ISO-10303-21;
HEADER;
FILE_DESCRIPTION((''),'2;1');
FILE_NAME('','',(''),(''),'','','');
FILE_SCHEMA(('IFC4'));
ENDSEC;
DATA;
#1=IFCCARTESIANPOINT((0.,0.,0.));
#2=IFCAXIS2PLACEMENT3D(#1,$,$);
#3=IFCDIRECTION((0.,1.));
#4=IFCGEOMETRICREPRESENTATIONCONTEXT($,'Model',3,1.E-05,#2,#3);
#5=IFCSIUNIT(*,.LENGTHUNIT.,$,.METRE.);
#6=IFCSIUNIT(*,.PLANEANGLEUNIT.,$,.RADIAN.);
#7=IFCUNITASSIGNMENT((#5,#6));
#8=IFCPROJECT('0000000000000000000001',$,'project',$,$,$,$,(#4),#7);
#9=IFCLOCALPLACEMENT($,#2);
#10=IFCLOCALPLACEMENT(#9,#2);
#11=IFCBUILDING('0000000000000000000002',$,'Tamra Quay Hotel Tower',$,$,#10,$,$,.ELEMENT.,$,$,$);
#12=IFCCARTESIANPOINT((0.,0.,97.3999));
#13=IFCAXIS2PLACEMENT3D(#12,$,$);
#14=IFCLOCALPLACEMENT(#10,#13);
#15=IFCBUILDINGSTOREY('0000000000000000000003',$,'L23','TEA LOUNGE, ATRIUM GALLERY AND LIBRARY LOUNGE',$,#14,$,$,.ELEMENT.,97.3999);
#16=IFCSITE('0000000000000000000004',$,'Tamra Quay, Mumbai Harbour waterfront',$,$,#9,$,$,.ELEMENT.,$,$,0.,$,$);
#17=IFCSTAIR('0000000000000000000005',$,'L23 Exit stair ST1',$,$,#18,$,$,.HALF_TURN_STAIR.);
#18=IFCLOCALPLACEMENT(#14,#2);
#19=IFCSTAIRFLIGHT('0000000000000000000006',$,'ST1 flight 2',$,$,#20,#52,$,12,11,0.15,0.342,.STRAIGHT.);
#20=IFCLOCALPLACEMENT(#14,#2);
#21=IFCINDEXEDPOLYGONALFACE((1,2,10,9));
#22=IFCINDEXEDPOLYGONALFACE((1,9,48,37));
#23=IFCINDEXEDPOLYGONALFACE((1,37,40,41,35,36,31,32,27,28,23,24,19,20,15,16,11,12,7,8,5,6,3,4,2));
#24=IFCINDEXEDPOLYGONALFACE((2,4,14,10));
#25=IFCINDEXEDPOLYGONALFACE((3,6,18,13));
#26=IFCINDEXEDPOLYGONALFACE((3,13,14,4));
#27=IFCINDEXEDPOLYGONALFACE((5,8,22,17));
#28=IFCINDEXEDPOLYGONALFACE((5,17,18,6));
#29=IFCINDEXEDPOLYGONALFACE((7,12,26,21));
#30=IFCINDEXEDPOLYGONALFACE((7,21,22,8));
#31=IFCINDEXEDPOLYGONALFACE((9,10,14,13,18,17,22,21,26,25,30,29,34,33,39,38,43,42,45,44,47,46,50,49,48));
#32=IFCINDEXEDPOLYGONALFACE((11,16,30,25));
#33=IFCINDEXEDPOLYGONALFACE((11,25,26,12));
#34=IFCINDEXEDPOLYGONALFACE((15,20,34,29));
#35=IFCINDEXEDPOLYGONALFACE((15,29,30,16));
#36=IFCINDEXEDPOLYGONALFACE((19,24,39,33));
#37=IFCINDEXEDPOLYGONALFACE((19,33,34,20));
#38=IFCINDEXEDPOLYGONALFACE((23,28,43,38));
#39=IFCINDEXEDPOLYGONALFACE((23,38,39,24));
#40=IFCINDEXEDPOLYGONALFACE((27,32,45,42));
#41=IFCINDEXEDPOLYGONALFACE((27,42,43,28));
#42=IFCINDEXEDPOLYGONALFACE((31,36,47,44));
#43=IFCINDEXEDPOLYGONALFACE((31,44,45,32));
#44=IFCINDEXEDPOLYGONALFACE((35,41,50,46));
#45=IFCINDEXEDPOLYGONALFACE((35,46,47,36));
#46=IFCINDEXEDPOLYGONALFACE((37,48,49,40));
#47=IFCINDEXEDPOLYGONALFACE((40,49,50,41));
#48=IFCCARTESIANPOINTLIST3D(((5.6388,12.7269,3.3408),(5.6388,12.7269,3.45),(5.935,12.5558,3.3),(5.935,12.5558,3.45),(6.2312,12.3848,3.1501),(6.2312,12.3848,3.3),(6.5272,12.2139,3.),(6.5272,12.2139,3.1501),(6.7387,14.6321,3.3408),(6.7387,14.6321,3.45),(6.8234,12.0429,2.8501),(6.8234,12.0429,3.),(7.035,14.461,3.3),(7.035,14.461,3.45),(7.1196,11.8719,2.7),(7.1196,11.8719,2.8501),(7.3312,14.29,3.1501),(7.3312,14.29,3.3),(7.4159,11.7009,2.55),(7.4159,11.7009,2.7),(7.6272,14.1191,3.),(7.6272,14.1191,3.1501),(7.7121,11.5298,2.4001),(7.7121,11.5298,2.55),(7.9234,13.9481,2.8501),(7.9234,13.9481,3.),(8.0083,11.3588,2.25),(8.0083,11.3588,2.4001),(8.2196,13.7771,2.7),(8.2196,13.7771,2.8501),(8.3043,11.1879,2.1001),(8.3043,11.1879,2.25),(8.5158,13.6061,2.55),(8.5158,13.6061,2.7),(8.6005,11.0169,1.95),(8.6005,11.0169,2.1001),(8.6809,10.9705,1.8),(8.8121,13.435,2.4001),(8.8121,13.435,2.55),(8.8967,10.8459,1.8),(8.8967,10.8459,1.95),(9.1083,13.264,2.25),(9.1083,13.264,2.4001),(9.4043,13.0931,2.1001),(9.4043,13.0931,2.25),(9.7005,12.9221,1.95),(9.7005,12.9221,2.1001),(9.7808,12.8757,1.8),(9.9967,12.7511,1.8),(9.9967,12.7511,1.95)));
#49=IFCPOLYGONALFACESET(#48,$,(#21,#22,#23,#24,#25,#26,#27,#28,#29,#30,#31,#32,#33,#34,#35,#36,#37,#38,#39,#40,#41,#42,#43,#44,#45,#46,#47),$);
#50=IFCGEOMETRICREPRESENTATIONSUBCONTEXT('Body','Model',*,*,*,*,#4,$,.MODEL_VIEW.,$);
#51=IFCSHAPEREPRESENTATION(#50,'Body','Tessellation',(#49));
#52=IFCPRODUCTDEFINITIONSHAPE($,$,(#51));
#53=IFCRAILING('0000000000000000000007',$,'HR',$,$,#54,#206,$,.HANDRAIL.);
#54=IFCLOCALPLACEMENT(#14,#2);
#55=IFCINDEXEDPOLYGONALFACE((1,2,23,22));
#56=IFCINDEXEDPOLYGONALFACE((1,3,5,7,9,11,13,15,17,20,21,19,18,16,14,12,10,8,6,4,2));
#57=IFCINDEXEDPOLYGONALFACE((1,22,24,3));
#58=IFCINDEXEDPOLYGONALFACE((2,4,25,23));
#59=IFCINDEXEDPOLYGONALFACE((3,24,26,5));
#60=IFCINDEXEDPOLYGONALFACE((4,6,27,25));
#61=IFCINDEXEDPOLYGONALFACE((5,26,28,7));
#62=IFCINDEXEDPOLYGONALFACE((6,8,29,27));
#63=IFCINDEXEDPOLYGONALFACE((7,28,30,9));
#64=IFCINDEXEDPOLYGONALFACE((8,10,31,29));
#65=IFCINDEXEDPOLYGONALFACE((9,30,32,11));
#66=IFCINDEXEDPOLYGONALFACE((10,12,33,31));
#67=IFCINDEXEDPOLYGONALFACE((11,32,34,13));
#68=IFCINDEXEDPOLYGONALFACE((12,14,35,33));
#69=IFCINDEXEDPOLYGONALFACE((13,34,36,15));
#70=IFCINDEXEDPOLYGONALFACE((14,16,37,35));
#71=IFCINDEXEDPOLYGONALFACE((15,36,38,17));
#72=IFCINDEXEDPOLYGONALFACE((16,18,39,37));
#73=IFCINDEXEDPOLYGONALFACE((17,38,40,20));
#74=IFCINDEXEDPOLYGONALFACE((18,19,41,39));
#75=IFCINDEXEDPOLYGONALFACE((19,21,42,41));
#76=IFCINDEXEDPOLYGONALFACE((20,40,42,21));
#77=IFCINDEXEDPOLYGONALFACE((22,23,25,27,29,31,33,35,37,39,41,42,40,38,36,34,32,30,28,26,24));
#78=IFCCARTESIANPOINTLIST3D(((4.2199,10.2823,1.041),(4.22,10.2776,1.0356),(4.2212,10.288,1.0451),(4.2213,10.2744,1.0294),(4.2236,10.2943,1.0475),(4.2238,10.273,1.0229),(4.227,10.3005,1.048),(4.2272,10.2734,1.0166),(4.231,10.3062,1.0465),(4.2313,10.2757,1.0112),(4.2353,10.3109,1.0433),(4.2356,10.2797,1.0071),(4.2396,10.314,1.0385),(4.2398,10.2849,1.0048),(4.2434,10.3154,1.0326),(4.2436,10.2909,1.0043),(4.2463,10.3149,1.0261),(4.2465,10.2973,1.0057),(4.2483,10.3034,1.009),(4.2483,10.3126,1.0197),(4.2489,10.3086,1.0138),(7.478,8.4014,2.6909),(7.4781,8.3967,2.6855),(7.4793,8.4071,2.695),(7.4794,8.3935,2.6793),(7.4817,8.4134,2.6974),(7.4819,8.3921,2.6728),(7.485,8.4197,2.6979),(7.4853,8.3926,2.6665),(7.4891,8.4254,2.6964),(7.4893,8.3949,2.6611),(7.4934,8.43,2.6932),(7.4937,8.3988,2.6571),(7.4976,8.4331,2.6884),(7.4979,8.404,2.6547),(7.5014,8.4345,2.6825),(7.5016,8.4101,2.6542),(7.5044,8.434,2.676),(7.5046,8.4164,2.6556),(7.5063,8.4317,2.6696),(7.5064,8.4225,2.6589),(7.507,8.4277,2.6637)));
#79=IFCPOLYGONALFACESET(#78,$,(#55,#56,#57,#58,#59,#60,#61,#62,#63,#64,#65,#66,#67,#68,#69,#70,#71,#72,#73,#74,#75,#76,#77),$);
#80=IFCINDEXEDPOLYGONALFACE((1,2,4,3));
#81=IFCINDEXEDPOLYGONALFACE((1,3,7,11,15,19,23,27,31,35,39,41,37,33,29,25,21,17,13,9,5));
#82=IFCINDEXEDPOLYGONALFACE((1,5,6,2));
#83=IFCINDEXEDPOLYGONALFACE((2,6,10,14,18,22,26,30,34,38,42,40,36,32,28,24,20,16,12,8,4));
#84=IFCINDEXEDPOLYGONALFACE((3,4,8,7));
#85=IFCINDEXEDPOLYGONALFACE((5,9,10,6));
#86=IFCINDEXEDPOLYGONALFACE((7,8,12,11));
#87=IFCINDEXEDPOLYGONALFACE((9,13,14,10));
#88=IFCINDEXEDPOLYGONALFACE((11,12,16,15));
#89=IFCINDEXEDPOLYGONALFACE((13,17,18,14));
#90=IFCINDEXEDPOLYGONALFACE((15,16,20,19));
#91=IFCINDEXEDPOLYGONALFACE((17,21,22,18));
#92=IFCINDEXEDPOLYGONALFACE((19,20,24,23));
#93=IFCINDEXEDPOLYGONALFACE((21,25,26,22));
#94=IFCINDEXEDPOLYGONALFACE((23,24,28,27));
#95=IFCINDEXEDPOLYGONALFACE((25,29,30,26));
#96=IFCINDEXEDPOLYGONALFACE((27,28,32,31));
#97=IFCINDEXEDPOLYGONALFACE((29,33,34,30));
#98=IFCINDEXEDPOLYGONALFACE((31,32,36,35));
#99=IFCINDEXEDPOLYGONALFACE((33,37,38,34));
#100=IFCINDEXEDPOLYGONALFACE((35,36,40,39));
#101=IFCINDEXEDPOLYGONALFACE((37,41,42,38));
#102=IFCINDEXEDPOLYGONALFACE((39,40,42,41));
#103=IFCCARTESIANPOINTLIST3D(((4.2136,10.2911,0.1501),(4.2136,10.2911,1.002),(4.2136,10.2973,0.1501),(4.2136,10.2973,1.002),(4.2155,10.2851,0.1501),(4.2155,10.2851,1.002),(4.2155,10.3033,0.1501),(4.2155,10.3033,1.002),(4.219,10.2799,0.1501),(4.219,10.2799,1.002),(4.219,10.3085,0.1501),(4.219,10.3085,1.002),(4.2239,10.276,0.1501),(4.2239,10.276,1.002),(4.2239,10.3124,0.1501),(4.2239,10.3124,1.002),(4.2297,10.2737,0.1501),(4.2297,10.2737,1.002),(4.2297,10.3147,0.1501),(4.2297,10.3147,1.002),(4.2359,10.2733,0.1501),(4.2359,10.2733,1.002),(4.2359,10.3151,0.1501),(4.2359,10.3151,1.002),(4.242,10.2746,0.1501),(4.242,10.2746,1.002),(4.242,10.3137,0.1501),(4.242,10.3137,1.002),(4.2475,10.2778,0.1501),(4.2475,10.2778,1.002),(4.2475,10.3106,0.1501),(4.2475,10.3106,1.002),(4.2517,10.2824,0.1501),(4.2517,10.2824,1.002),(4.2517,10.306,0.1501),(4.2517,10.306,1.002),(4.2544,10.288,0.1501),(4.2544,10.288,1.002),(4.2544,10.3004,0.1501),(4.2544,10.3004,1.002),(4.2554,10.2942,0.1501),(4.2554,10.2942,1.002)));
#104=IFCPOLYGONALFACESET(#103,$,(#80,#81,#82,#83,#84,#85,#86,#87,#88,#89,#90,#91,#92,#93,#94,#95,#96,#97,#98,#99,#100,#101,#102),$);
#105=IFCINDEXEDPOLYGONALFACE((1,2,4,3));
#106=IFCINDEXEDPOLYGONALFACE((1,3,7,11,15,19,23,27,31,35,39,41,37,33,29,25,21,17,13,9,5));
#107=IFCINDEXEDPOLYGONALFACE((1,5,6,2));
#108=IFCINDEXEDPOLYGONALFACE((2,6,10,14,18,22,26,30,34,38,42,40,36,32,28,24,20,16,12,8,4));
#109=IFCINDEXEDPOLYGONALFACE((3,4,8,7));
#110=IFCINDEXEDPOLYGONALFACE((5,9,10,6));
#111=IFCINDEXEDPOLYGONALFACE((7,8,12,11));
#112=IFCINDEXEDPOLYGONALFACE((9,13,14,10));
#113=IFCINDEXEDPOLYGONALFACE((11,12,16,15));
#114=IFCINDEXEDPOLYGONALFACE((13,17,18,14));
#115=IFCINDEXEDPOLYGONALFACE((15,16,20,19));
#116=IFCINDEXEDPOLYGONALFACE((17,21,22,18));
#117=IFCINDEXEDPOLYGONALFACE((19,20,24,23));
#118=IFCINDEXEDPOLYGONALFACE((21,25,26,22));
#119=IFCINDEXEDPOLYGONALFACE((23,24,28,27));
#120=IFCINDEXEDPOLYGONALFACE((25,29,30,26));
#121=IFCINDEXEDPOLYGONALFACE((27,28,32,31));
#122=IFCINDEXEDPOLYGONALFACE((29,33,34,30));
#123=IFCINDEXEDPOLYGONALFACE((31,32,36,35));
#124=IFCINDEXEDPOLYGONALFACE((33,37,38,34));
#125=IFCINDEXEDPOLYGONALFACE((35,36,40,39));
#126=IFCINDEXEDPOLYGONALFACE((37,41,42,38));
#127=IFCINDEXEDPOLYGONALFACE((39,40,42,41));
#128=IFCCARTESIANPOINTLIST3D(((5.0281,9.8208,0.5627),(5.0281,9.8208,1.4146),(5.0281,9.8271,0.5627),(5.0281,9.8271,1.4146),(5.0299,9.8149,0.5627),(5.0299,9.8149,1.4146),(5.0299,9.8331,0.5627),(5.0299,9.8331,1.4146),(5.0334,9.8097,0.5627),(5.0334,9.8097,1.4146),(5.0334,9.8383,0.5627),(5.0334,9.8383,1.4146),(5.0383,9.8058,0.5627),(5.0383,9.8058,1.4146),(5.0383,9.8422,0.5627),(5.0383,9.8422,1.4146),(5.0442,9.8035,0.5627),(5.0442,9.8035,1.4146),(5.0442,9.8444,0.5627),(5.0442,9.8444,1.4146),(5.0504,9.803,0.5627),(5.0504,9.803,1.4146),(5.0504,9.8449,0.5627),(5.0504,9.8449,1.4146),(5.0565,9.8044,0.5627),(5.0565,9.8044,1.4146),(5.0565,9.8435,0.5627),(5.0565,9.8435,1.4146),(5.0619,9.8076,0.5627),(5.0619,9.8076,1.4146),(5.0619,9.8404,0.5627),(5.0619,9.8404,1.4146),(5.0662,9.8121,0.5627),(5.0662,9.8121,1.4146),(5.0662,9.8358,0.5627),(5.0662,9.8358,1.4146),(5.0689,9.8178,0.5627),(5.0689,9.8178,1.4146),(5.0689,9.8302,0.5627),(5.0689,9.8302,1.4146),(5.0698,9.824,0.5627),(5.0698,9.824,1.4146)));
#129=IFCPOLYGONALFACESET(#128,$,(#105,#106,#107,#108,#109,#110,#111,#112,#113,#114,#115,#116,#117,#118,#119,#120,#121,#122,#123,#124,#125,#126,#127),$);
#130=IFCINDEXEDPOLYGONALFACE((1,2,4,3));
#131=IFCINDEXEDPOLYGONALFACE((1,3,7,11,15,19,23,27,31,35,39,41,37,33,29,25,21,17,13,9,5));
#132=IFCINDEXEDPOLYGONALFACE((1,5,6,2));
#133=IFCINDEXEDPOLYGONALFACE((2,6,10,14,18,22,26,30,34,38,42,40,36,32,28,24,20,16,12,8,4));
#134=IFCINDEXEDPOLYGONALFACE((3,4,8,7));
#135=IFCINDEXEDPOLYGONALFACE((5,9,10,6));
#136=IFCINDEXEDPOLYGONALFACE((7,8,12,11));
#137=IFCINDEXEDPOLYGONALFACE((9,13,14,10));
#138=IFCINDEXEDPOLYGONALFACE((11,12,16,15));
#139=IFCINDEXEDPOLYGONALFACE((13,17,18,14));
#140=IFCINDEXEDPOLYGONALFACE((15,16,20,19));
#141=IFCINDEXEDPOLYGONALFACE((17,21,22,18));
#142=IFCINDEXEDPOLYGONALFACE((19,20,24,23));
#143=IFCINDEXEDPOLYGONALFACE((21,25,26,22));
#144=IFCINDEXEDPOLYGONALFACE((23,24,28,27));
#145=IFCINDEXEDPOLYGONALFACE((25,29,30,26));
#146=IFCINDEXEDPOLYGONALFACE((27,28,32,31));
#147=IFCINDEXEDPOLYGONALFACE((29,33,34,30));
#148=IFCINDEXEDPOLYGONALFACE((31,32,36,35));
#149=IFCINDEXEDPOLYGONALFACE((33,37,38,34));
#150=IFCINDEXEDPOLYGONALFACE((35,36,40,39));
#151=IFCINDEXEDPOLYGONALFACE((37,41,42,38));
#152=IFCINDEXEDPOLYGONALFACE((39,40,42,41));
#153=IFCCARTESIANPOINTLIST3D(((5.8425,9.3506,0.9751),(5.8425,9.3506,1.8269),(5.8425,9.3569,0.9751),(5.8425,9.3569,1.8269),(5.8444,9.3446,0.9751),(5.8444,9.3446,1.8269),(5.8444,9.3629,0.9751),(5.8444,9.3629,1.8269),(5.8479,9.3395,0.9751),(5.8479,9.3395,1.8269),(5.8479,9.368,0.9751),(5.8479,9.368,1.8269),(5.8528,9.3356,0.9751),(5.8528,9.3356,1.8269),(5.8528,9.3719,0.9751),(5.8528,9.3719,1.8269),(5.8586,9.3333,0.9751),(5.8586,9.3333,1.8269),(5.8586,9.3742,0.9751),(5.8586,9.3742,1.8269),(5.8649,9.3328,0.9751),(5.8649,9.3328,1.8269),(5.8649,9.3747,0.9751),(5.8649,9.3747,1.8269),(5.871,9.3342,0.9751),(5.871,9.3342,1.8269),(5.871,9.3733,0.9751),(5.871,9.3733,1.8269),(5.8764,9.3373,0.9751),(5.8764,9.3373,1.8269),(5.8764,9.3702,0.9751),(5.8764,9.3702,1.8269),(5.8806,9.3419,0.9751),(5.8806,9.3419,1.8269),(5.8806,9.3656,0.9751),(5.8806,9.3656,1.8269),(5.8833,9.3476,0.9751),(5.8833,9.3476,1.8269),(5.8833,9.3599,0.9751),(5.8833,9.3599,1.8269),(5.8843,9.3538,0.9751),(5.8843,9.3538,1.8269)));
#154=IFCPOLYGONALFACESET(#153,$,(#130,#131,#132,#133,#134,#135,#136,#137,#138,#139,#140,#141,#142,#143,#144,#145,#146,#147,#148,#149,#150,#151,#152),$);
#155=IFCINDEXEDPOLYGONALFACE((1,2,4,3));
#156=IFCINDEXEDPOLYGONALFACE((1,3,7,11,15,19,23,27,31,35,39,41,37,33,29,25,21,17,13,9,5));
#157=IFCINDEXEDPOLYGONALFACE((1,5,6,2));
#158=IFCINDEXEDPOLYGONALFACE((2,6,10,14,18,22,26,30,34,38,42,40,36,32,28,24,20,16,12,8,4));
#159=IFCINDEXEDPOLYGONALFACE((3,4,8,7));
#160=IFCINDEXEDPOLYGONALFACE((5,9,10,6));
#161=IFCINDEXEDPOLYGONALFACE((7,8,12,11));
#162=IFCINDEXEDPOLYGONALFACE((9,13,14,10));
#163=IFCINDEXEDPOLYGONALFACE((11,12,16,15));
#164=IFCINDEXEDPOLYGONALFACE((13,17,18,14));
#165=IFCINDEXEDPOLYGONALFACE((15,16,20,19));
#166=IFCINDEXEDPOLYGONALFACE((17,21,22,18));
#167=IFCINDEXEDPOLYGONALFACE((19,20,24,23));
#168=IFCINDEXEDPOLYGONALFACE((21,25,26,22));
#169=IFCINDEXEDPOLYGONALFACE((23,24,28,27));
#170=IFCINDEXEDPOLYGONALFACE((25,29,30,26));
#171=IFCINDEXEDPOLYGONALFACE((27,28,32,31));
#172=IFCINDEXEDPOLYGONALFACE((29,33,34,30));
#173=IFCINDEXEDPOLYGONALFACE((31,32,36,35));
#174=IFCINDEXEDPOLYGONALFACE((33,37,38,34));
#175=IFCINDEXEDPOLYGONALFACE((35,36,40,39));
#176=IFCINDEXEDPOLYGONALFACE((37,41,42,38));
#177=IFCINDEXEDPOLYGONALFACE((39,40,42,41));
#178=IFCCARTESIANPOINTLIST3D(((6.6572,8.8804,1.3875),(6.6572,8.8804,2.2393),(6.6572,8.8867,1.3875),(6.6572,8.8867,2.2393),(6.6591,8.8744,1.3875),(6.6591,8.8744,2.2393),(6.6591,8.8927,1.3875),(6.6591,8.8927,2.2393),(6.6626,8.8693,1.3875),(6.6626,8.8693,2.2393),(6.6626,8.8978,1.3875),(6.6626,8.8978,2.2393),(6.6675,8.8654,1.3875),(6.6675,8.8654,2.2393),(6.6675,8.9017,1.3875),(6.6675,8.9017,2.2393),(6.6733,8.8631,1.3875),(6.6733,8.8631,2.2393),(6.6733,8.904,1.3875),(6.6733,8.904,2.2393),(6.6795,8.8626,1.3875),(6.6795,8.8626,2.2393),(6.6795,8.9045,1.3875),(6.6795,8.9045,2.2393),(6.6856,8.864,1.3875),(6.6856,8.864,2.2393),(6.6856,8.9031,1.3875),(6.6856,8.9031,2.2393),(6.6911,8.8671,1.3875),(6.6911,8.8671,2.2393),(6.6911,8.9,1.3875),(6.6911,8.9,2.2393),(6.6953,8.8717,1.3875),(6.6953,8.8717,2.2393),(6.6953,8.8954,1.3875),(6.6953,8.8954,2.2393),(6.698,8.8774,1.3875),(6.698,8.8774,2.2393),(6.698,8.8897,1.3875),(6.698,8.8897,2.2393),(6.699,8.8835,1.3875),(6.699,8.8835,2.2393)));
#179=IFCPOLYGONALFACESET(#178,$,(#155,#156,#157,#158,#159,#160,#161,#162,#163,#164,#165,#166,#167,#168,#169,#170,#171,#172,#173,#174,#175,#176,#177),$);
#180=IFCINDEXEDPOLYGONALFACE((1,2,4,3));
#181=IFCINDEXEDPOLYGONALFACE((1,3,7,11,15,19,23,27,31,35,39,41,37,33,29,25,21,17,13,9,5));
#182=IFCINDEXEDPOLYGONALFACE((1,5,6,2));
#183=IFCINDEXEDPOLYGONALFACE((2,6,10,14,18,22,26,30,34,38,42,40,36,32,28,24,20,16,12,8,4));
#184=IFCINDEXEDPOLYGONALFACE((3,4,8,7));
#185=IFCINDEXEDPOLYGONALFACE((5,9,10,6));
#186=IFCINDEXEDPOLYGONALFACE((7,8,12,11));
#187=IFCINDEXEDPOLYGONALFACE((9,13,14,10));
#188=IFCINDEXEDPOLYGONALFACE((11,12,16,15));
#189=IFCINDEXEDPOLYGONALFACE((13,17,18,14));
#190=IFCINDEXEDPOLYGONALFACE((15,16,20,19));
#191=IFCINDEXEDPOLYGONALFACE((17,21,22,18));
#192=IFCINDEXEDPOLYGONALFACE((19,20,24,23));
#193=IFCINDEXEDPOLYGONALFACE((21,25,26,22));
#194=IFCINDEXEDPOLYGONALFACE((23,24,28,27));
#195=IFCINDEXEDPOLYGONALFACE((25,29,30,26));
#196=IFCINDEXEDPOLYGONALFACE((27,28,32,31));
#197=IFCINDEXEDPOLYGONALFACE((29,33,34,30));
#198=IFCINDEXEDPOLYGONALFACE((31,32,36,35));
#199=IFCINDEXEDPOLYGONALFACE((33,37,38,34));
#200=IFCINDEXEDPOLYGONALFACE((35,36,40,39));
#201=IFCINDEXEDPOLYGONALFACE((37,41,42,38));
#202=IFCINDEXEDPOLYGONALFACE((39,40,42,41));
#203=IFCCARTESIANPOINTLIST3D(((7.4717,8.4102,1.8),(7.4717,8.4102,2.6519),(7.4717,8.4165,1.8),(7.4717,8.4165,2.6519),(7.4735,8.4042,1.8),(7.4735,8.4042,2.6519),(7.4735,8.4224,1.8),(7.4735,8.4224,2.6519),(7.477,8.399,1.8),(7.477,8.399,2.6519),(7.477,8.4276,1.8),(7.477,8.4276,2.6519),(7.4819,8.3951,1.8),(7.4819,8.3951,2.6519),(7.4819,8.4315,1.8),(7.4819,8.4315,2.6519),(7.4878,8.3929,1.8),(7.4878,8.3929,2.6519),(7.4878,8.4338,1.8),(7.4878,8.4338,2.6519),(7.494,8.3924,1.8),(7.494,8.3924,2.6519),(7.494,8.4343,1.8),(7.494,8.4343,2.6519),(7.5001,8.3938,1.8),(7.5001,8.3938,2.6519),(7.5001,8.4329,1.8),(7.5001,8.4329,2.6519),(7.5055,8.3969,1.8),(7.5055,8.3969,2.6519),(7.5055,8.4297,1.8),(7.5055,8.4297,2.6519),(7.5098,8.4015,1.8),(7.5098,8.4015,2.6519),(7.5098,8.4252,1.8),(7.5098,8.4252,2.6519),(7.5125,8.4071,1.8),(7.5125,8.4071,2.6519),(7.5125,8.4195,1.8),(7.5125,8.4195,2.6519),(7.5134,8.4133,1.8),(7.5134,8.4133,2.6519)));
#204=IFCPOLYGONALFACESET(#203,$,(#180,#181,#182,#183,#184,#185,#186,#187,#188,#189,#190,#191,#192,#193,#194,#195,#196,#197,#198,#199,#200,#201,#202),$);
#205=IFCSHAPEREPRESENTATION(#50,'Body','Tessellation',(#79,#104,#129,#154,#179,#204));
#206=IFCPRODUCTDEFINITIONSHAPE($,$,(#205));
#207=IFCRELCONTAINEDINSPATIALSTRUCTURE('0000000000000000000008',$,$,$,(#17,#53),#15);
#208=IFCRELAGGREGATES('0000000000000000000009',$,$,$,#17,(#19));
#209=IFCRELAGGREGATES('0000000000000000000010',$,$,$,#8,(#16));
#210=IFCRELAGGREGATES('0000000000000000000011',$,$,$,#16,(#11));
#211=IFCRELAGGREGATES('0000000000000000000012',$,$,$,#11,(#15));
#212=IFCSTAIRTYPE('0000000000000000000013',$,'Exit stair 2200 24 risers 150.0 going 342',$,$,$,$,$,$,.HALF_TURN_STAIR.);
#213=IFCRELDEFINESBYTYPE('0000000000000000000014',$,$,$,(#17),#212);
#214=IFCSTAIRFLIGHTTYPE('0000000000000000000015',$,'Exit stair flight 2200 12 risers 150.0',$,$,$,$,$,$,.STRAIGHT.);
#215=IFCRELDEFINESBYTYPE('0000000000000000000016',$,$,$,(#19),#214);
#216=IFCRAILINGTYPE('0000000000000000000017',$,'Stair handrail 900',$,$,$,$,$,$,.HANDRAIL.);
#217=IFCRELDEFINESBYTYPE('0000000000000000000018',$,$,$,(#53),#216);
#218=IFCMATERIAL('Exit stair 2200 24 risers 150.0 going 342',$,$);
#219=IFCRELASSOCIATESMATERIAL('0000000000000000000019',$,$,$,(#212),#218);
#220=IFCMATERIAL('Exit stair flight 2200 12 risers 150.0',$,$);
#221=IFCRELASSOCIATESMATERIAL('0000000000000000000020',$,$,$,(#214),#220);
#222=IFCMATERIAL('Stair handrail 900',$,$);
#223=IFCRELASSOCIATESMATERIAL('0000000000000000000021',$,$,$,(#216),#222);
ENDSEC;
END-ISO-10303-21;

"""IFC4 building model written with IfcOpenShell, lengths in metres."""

from ifc_helpers import new_model, si_unit, direction, frame, origin, origin_2d, place, context, subcontext, project, spatial, polyline, circle, outline, extrude, material, type_object, element, aggregate, save


model = new_model("IFC4")

# Units and contexts
model_context = context("Model", 3, precision=1e-05, world=origin(), true_north=direction((0.0, 1.0)))
body_context = subcontext(model_context, "Body", "Model", "MODEL_VIEW")
ifc_project = project(units=[si_unit("LENGTHUNIT", "METRE"), si_unit("PLANEANGLEUNIT", "RADIAN")], contexts=[model_context])

# Site, building, storey
site_placement = place(None, origin())
site = spatial("IfcSite", under=ifc_project, at=site_placement, Name="Tamra Quay, Mumbai Harbour waterfront", CompositionType="ELEMENT", RefElevation=0.0)
building_placement = place(site_placement, origin())
building = spatial("IfcBuilding", under=site, at=building_placement, Name="Tamra Quay Hotel Tower", CompositionType="ELEMENT")
storey_placement = place(building_placement, frame((0.0, 0.0, 97.3999)))
storey = spatial("IfcBuildingStorey", under=building, at=storey_placement, Name="L23", Description="TEA LOUNGE, ATRIUM GALLERY AND LIBRARY LOUNGE", CompositionType="ELEMENT", Elevation=97.3999)

# Stair, stair flight
ifc_material_1 = material(Name="Exit stair 2200 24 risers 150.0 going 342")
stair_type = type_object("IfcStairType", Name="Exit stair 2200 24 risers 150.0 going 342", PredefinedType="HALF_TURN_STAIR", material=ifc_material_1)
stair_placement = place(storey_placement, origin())
stair = element("IfcStair", 1, at=stair_placement, inside=storey, type_object=stair_type, Name="L23 Exit stair ST1", PredefinedType="HALF_TURN_STAIR")
ifc_material_2 = material(Name="Exit stair flight 2200 12 risers 150.0")
stair_flight_type = type_object("IfcStairFlightType", Name="Exit stair flight 2200 12 risers 150.0", PredefinedType="STRAIGHT", material=ifc_material_2)
stair_flight_1_placement = place(storey_placement, frame((9.4468, 11.7986, 1.8), z_axis=(0.0, 0.0, 1.0), x_axis=(-0.866025, 0.5, 0.0)))
stair_flight_1 = element("IfcStairFlight", 2, at=stair_flight_1_placement, type_object=stair_flight_type, Name="ST1 flight 2", NumberOfRisers=12, NumberOfTreads=11, PredefinedType="STRAIGHT", RiserHeight=0.15, TreadLength=0.342, context=body_context, shape_type="SweptSolid", body=[
    extrude(outline(polyline([(0.0, 0.0), (0.0, 0.1499), (0.342, 0.1499), (0.342, 0.3), (0.6841, 0.3), (0.6841, 0.45), (1.0259, 0.45), (1.0259, 0.6001), (1.3679, 0.6001), (1.3679, 0.75), (1.71, 0.75), (1.71, 0.8999), (2.052, 0.8999), (2.052, 1.05), (2.394, 1.05), (2.394, 1.2), (2.7361, 1.2), (2.7361, 1.3501), (3.0779, 1.3501), (3.0779, 1.5), (3.4199, 1.5), (3.4199, 1.6499), (3.762, 1.6499), (3.762, 1.8), (3.762, 1.5408), (0.2493, 0.0), (0.0, 0.0)])), frame((0.0, 1.1001, 0.0), z_axis=(0.0, -1.0, 0.0), x_axis=(1.0, 0.0, 0.0)), (0.0, 0.0, 1.0), 2.2),
])
aggregate(stair, [stair_flight_1])

# Railing
ifc_material_3 = material(Name="Stair handrail 900")
railing_type_1 = type_object("IfcRailingType", Name="Stair handrail 900", PredefinedType="HANDRAIL", material=ifc_material_3)
railing_1_placement = place(storey_placement, frame((4.2344, 10.2942, 0.1501)))
element("IfcRailing", 3, at=railing_1_placement, inside=storey, type_object=railing_type_1, Name="HR", PredefinedType="HANDRAIL", context=body_context, shape_type="SweptSolid", body=[
    extrude(circle(Radius=0.0239, at=origin_2d()), frame((0.0, 0.0, 0.876), z_axis=(0.793122, -0.457865, 0.401642), x_axis=(0.499964, 0.866046, 0.0)), (0.0, 0.0, 1.0), 4.1079),
    extrude(circle(Radius=0.021, at=origin_2d()), origin(), (0.0, 0.0, 1.0), 0.8518),
    extrude(circle(Radius=0.021, at=origin_2d()), frame((0.8145, -0.4702, 0.4126)), (0.0, 0.0, 1.0), 0.8518),
    extrude(circle(Radius=0.021, at=origin_2d()), frame((1.6289, -0.9404, 0.825)), (0.0, 0.0, 1.0), 0.8518),
    extrude(circle(Radius=0.021, at=origin_2d()), frame((2.4436, -1.4106, 1.2373)), (0.0, 0.0, 1.0), 0.8518),
    extrude(circle(Radius=0.021, at=origin_2d()), frame((3.2581, -1.8809, 1.6499)), (0.0, 0.0, 1.0), 0.8518),
])

save(model, "model.ifc")
